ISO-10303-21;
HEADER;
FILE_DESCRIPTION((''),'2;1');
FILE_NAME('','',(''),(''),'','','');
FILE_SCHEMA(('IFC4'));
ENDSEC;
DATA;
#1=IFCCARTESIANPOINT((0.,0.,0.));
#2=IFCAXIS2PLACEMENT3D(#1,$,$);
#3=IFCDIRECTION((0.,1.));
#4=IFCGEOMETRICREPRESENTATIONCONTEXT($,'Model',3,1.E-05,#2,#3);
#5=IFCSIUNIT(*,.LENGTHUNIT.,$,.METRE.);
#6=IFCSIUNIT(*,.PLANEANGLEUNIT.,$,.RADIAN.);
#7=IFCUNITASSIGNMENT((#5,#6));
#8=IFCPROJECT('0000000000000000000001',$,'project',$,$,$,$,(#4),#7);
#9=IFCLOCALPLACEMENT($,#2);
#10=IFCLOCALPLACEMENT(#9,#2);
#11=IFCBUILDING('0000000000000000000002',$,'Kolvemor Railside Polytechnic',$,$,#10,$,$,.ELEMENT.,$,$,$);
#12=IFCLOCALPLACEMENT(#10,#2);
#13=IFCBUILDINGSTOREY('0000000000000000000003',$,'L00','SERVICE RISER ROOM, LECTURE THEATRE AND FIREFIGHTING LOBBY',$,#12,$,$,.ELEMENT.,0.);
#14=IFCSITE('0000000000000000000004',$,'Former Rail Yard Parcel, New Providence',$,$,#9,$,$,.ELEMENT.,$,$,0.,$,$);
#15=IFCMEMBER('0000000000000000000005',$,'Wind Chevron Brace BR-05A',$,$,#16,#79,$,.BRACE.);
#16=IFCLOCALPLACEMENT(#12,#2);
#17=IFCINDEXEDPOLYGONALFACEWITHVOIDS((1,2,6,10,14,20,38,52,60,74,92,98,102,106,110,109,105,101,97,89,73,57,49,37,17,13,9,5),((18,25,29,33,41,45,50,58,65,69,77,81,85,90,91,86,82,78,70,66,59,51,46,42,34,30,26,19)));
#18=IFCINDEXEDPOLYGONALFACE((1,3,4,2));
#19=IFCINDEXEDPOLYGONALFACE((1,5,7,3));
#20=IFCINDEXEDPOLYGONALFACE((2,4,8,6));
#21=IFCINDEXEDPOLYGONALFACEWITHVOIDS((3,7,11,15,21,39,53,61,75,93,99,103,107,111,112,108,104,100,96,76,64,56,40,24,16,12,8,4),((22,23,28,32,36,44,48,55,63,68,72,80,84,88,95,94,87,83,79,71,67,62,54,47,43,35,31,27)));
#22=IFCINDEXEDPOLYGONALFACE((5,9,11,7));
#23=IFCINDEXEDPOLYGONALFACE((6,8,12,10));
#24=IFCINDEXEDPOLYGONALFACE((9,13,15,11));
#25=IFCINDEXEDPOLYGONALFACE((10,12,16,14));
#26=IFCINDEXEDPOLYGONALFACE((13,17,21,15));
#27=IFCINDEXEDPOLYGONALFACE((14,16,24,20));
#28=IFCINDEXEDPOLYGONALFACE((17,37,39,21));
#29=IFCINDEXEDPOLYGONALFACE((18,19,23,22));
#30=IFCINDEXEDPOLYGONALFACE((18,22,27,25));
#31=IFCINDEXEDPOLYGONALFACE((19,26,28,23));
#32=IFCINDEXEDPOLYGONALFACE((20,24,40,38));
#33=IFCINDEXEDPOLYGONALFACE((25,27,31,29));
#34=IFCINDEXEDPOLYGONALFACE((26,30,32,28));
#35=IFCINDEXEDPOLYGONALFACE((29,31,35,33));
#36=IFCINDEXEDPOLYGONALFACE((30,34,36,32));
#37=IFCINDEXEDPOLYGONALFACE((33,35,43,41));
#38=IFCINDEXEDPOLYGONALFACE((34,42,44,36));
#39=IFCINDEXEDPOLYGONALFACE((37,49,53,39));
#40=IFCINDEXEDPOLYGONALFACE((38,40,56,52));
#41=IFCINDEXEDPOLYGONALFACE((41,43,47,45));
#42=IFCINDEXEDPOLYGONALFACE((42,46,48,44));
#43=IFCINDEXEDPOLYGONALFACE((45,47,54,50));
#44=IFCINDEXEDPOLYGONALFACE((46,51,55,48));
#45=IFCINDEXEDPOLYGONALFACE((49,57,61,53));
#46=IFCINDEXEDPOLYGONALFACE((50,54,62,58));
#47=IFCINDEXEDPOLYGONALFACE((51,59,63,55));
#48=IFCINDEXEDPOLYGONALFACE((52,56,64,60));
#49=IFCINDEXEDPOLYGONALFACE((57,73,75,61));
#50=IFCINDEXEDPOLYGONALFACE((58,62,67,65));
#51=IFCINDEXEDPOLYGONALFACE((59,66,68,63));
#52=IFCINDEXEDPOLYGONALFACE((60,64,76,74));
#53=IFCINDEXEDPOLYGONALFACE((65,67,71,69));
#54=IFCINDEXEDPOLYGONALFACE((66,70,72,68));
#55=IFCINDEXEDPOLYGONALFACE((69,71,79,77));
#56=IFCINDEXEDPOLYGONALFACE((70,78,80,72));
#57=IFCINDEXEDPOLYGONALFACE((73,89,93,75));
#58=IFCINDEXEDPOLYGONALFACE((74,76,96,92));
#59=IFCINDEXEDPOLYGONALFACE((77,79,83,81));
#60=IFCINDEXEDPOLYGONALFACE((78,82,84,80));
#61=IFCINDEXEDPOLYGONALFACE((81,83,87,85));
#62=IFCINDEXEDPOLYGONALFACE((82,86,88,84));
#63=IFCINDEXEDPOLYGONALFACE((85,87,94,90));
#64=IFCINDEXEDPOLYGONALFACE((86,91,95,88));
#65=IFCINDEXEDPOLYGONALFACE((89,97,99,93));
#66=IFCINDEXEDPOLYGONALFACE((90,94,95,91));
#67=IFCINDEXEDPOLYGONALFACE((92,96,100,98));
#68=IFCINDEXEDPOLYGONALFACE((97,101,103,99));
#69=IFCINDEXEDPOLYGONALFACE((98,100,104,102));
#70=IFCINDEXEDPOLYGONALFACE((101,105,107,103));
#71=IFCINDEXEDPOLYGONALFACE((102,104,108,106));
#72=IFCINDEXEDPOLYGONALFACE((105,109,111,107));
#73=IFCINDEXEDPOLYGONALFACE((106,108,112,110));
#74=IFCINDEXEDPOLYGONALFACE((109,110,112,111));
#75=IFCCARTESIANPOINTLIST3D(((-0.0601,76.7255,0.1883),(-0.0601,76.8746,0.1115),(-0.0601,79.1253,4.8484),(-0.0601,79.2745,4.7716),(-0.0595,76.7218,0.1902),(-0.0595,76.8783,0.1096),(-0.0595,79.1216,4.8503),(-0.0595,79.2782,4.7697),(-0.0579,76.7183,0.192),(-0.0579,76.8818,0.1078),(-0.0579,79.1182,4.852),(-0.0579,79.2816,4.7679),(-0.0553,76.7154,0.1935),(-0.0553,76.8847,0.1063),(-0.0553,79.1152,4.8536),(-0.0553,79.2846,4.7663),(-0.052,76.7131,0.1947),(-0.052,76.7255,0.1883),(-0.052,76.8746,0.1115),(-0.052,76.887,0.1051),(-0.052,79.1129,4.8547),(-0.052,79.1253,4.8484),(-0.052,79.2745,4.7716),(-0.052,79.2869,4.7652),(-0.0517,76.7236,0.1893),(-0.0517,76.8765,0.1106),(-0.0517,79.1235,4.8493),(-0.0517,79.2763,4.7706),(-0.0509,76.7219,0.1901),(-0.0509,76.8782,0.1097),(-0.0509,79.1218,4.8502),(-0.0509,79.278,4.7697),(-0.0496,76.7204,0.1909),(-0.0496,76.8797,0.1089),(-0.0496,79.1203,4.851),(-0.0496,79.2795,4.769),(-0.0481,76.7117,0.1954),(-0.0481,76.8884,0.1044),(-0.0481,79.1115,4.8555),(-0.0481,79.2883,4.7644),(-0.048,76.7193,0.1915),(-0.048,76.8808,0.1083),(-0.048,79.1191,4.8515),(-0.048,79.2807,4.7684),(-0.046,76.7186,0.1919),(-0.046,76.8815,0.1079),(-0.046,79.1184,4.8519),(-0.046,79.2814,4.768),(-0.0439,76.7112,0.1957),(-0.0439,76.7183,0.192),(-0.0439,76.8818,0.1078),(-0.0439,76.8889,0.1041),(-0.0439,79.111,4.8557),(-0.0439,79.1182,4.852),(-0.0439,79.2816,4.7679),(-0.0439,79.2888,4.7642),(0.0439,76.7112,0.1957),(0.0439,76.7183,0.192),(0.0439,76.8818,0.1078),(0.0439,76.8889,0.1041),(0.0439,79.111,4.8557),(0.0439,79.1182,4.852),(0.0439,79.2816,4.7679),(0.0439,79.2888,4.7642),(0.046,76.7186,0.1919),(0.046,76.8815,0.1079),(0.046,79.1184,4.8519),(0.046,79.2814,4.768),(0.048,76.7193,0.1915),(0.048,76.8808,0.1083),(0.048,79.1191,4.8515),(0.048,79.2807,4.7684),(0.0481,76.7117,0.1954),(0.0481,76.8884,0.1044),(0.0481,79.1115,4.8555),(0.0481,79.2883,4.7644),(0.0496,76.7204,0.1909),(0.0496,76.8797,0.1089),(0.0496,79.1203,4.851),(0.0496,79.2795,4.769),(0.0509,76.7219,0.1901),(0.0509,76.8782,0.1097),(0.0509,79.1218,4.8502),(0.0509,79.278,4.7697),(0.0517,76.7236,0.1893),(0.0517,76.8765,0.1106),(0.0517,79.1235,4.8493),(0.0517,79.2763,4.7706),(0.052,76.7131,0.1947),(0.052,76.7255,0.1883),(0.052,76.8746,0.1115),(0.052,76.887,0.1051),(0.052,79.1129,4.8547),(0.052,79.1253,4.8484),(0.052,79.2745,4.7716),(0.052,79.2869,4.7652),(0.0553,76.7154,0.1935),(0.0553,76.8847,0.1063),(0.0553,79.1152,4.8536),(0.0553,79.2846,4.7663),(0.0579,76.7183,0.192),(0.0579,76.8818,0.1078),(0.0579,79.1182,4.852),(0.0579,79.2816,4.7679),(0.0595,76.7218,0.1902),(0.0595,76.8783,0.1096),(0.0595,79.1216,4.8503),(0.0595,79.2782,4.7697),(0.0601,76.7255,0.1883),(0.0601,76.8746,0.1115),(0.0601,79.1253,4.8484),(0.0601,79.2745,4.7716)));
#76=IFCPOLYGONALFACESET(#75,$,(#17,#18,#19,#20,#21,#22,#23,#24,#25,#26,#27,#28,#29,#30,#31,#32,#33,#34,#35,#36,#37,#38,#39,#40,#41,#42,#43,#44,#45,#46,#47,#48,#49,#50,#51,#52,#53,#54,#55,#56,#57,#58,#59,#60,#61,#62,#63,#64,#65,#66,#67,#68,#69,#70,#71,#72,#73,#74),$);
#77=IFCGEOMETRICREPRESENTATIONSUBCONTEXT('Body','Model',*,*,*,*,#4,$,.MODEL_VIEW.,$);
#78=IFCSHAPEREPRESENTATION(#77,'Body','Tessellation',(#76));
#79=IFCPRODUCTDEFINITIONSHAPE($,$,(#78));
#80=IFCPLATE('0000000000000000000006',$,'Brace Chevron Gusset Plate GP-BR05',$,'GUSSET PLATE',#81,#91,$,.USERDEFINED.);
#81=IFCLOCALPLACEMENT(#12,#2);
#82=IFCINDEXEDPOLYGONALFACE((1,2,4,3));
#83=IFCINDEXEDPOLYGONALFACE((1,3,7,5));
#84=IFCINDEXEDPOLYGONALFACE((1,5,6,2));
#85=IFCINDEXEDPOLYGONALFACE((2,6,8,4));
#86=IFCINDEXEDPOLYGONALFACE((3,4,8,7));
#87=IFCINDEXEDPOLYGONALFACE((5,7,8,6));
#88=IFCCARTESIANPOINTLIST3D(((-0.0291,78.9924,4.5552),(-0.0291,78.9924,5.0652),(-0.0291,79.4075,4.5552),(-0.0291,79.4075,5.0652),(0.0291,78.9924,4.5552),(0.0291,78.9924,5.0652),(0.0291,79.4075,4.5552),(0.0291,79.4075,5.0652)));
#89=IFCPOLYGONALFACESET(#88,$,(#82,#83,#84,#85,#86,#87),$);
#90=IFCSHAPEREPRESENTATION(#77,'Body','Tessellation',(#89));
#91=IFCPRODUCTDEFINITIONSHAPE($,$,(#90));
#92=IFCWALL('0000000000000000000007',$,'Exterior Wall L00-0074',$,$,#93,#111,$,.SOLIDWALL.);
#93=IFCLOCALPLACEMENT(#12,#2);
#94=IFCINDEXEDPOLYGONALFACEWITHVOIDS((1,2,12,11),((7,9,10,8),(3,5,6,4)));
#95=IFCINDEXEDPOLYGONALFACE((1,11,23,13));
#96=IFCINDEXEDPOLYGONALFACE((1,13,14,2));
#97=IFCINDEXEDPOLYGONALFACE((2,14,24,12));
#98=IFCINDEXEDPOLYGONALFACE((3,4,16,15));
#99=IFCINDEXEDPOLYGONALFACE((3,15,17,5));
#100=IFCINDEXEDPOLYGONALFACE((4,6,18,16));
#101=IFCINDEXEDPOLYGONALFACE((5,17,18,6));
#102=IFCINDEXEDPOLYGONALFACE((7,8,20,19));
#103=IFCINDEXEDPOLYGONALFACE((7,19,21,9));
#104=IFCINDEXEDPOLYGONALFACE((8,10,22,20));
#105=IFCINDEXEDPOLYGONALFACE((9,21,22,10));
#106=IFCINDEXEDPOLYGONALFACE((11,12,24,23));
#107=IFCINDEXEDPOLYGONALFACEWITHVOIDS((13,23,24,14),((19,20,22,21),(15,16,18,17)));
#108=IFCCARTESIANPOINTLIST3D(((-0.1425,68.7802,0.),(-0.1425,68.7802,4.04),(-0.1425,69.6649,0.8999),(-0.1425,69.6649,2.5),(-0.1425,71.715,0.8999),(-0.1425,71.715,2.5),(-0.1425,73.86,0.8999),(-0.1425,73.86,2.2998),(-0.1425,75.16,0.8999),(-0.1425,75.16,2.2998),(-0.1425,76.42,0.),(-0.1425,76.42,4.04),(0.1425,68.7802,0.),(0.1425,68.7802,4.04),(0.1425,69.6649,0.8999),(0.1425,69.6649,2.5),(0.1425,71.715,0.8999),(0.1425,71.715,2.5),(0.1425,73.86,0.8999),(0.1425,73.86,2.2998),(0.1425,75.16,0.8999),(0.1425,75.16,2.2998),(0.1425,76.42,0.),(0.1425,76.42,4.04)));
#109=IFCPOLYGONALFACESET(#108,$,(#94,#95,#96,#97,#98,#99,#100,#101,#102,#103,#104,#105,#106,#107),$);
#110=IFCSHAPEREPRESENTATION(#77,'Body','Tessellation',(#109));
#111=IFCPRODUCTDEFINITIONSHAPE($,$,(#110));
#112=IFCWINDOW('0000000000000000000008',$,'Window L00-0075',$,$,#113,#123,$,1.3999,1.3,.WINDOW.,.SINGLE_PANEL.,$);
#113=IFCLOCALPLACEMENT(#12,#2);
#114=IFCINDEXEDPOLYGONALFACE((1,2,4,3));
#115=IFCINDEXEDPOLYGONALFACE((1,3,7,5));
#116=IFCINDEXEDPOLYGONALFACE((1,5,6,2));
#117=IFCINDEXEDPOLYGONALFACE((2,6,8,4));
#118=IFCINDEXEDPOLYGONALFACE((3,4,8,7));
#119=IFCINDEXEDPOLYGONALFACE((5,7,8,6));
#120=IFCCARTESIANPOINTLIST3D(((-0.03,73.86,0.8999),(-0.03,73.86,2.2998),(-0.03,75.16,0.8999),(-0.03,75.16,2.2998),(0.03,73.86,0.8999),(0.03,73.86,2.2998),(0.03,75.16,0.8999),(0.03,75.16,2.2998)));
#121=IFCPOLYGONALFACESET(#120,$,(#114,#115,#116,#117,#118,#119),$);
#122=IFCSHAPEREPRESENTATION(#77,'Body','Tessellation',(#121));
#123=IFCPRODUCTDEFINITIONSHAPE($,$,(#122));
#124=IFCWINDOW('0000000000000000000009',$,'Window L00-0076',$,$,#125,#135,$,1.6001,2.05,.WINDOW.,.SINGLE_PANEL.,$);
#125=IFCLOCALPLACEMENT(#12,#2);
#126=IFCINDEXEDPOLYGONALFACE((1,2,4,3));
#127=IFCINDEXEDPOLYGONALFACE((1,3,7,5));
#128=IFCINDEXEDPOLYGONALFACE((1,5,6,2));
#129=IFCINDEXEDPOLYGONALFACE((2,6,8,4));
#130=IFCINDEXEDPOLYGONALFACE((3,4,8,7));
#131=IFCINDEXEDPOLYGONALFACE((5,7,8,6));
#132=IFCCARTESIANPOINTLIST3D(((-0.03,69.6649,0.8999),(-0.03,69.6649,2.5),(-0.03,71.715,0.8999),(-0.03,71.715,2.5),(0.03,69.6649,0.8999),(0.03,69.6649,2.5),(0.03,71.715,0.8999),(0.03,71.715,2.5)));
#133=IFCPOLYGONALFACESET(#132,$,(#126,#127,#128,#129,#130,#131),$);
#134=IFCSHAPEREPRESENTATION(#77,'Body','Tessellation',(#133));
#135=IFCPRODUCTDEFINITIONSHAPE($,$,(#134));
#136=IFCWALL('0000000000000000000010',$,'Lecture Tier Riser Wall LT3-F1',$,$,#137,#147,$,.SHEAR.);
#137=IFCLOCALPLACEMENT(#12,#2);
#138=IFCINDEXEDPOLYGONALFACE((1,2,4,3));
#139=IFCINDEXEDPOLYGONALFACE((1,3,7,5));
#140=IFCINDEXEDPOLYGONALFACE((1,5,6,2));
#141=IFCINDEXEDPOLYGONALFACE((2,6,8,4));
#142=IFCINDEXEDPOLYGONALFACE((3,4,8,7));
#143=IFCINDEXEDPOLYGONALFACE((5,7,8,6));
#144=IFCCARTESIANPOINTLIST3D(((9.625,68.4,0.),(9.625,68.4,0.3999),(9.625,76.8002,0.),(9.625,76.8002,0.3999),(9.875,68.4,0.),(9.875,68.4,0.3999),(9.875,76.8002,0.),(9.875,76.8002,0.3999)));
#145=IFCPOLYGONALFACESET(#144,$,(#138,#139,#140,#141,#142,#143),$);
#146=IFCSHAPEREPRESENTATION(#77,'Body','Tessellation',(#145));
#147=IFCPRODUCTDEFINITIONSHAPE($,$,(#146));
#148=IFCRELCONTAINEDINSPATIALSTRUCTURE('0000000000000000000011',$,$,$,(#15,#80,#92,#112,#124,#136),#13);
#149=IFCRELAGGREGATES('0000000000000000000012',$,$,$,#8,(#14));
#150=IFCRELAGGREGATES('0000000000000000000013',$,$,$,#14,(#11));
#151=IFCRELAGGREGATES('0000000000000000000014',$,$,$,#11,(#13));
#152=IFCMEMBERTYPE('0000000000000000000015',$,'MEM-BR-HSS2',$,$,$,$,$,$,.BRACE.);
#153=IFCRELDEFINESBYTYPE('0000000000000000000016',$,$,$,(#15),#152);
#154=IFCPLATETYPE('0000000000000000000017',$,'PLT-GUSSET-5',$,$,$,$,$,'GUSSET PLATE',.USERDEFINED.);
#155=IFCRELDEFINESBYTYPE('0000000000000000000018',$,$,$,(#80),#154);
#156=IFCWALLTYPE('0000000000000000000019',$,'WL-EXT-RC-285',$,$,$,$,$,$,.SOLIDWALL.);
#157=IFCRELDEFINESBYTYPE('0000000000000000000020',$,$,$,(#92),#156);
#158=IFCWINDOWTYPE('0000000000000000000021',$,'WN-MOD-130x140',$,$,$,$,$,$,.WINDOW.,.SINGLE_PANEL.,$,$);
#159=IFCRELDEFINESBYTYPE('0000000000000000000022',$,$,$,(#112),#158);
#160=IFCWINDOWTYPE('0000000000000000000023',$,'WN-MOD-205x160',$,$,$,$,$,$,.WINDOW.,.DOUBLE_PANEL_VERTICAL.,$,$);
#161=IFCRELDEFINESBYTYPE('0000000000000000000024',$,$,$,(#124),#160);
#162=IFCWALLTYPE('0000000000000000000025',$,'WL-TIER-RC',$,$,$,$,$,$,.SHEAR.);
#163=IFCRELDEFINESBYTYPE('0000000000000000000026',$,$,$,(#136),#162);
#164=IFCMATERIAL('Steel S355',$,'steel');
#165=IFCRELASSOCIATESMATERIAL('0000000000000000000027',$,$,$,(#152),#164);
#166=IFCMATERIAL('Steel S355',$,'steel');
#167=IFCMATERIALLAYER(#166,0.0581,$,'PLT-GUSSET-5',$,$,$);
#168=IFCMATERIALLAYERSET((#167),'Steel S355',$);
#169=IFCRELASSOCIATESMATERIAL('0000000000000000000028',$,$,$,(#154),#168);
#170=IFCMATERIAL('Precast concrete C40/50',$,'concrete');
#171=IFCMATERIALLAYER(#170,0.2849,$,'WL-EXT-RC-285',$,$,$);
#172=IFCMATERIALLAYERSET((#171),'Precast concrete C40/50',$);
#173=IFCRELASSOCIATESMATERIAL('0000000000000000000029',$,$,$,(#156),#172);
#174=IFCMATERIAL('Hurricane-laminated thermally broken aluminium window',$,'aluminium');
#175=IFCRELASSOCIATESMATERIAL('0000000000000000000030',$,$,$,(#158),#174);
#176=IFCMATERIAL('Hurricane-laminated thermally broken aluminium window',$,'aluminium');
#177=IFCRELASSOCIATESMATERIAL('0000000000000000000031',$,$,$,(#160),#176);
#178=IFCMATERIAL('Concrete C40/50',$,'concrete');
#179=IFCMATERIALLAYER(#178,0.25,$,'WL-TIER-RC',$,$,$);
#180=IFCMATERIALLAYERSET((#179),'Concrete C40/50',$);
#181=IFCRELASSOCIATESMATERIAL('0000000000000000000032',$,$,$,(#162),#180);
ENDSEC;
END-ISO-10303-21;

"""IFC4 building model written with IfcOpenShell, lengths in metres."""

from ifc_helpers import new_model, si_unit, direction, frame, frame_2d, origin, origin_2d, place, context, subcontext, project, spatial, rectangle, hollow_rectangle, extrude, material, layer, layer_set, material_profile, profile_set, type_object, element, fill, save


model = new_model("IFC4")

# Units and contexts
model_context = context("Model", 3, precision=1e-05, world=origin(), true_north=direction((0.0, 1.0)))
body_context = subcontext(model_context, "Body", "Model", "MODEL_VIEW")
ifc_project = project(units=[si_unit("LENGTHUNIT", "METRE"), si_unit("PLANEANGLEUNIT", "RADIAN")], contexts=[model_context])

# Site, building, storey
site_placement = place(None, origin())
site = spatial("IfcSite", under=ifc_project, at=site_placement, Name="Former Rail Yard Parcel, New Providence", CompositionType="ELEMENT", RefElevation=0.0)
building_placement = place(site_placement, origin())
building = spatial("IfcBuilding", under=site, at=building_placement, Name="Kolvemor Railside Polytechnic", CompositionType="ELEMENT")
storey_placement = place(building_placement, origin())
storey = spatial("IfcBuildingStorey", under=building, at=storey_placement, Name="L00", Description="SERVICE RISER ROOM, LECTURE THEATRE AND FIREFIGHTING LOBBY", CompositionType="ELEMENT", Elevation=0.0)

# Member
ifc_material_1 = material(Name="Steel S355", Category="steel")
ifc_material_profile_1 = material_profile(ifc_material_1, hollow_rectangle(XDim=0.1201, YDim=0.2, WallThickness=0.0081, InnerFilletRadius=0.0081, OuterFilletRadius=0.0161, at=origin_2d()), Name="HSS200x120x8")
ifc_profile_set_1 = profile_set([ifc_material_profile_1], Name="Steel S355")
member_type = type_object("IfcMemberType", Name="MEM-BR-HSS2", PredefinedType="BRACE", material=ifc_profile_set_1)
member_placement = place(storey_placement, frame((0.0, 76.8, 0.1499), z_axis=(0.0, 0.457838, 0.889035), x_axis=(-1.0, 0.0, 0.0)))
element("IfcMember", 1, at=member_placement, inside=storey, type_object=member_type, Name="Wind Chevron Brace BR-05A", PredefinedType="BRACE", context=body_context, shape_type="SweptSolid", body=[
    extrude(hollow_rectangle(XDim=0.1201, YDim=0.2, WallThickness=0.0081, InnerFilletRadius=0.0081, OuterFilletRadius=0.0161, at=origin_2d()), origin(), (0.0, 0.0, 1.0), 5.2417),
])

# Plate
ifc_material_2 = material(Name="Steel S355", Category="steel")
ifc_layer_1 = layer(ifc_material_2, 0.0581, Name="PLT-GUSSET-5")
ifc_layer_set_1 = layer_set([ifc_layer_1], Name="Steel S355")
plate_type = type_object("IfcPlateType", Name="PLT-GUSSET-5", ElementType="GUSSET PLATE", PredefinedType="USERDEFINED", material=ifc_layer_set_1)
plate_placement = place(storey_placement, frame((0.0, 79.2, 4.5552), z_axis=(0.0, 0.0, 1.0), x_axis=(0.0, 1.0, 0.0)))
element("IfcPlate", 2, at=plate_placement, inside=storey, type_object=plate_type, Name="Brace Chevron Gusset Plate GP-BR05", ObjectType="GUSSET PLATE", PredefinedType="USERDEFINED", context=body_context, shape_type="SweptSolid", body=[
    extrude(rectangle(XDim=0.415, YDim=0.0581, at=origin_2d()), origin(), (0.0, 0.0, 1.0), 0.51),
])

# Wall, openings, windows
ifc_material_3 = material(Name="Precast concrete C40/50", Category="concrete")
ifc_layer_2 = layer(ifc_material_3, 0.2849, Name="WL-EXT-RC-285")
ifc_layer_set_2 = layer_set([ifc_layer_2], Name="Precast concrete C40/50")
wall_type_1 = type_object("IfcWallType", Name="WL-EXT-RC-285", PredefinedType="SOLIDWALL", material=ifc_layer_set_2)
wall_1_placement = place(storey_placement, frame((0.0, 76.4199, 0.0), z_axis=(0.0, 0.0, 1.0), x_axis=(0.0, -1.0, 0.0)))
wall_1 = element("IfcWall", 3, at=wall_1_placement, inside=storey, type_object=wall_type_1, Name="Exterior Wall L00-0074", PredefinedType="SOLIDWALL", context=body_context, shape_type="SweptSolid", body=[
    extrude(rectangle(XDim=7.6399, YDim=0.2849, at=frame_2d((3.8198, 0.0))), origin(), (0.0, 0.0, 1.0), 4.04),
])
opening_1_placement = place(wall_1_placement, frame((1.26, 0.0, 0.8999)))
opening_1 = element("IfcOpeningElement", 4, at=opening_1_placement, cuts=wall_1, PredefinedType="OPENING", context=body_context, shape_type="SweptSolid", body=[
    extrude(rectangle(XDim=1.3, YDim=1.3999, at=frame_2d((0.6499, 0.7))), frame((0.0, 0.1523, 0.0), z_axis=(0.0, -1.0, 0.0), x_axis=(1.0, 0.0, 0.0)), (0.0, 0.0, 1.0), 0.3049),
])
opening_2_placement = place(wall_1_placement, frame((4.7051, 0.0, 0.8999)))
opening_2 = element("IfcOpeningElement", 5, at=opening_2_placement, cuts=wall_1, PredefinedType="OPENING", context=body_context, shape_type="SweptSolid", body=[
    extrude(rectangle(XDim=2.05, YDim=1.6001, at=frame_2d((1.0249, 0.8))), frame((0.0, 0.1523, 0.0), z_axis=(0.0, -1.0, 0.0), x_axis=(1.0, 0.0, 0.0)), (0.0, 0.0, 1.0), 0.3049),
])
ifc_material_4 = material(Name="Hurricane-laminated thermally broken aluminium window", Category="aluminium")
window_type_1 = type_object("IfcWindowType", Name="WN-MOD-130x140", PartitioningType="SINGLE_PANEL", PredefinedType="WINDOW", material=ifc_material_4)
window_1_placement = place(opening_1_placement, origin())
window_1 = element("IfcWindow", 6, at=window_1_placement, inside=storey, type_object=window_type_1, Name="Window L00-0075", OverallHeight=1.3999, OverallWidth=1.3, PartitioningType="SINGLE_PANEL", PredefinedType="WINDOW", context=body_context, shape_type="SweptSolid", body=[
    extrude(rectangle(XDim=1.3, YDim=1.3999, at=frame_2d((0.6499, 0.7))), frame((0.0, 0.03, 0.0), z_axis=(0.0, -1.0, 0.0), x_axis=(1.0, 0.0, 0.0)), (0.0, 0.0, 1.0), 0.0601),
])
fill(opening_1, window_1)
ifc_material_5 = material(Name="Hurricane-laminated thermally broken aluminium window", Category="aluminium")
window_type_2 = type_object("IfcWindowType", Name="WN-MOD-205x160", PartitioningType="DOUBLE_PANEL_VERTICAL", PredefinedType="WINDOW", material=ifc_material_5)
window_2_placement = place(opening_2_placement, origin())
window_2 = element("IfcWindow", 7, at=window_2_placement, inside=storey, type_object=window_type_2, Name="Window L00-0076", OverallHeight=1.6001, OverallWidth=2.05, PartitioningType="SINGLE_PANEL", PredefinedType="WINDOW", context=body_context, shape_type="SweptSolid", body=[
    extrude(rectangle(XDim=2.05, YDim=1.6001, at=frame_2d((1.0249, 0.8))), frame((0.0, 0.03, 0.0), z_axis=(0.0, -1.0, 0.0), x_axis=(1.0, 0.0, 0.0)), (0.0, 0.0, 1.0), 0.0601),
])
fill(opening_2, window_2)

# Wall
ifc_material_6 = material(Name="Concrete C40/50", Category="concrete")
ifc_layer_3 = layer(ifc_material_6, 0.25, Name="WL-TIER-RC")
ifc_layer_set_3 = layer_set([ifc_layer_3], Name="Concrete C40/50")
wall_type_2 = type_object("IfcWallType", Name="WL-TIER-RC", PredefinedType="SHEAR", material=ifc_layer_set_3)
wall_2_placement = place(storey_placement, frame((9.75, 68.3999, 0.0), z_axis=(0.0, 0.0, 1.0), x_axis=(0.0, 1.0, 0.0)))
element("IfcWall", 8, at=wall_2_placement, inside=storey, type_object=wall_type_2, Name="Lecture Tier Riser Wall LT3-F1", PredefinedType="SHEAR", context=body_context, shape_type="SweptSolid", body=[
    extrude(rectangle(XDim=8.4001, YDim=0.25, at=frame_2d((4.2002, 0.0))), origin(), (0.0, 0.0, 1.0), 0.3999),
])

save(model, "model.ifc")
